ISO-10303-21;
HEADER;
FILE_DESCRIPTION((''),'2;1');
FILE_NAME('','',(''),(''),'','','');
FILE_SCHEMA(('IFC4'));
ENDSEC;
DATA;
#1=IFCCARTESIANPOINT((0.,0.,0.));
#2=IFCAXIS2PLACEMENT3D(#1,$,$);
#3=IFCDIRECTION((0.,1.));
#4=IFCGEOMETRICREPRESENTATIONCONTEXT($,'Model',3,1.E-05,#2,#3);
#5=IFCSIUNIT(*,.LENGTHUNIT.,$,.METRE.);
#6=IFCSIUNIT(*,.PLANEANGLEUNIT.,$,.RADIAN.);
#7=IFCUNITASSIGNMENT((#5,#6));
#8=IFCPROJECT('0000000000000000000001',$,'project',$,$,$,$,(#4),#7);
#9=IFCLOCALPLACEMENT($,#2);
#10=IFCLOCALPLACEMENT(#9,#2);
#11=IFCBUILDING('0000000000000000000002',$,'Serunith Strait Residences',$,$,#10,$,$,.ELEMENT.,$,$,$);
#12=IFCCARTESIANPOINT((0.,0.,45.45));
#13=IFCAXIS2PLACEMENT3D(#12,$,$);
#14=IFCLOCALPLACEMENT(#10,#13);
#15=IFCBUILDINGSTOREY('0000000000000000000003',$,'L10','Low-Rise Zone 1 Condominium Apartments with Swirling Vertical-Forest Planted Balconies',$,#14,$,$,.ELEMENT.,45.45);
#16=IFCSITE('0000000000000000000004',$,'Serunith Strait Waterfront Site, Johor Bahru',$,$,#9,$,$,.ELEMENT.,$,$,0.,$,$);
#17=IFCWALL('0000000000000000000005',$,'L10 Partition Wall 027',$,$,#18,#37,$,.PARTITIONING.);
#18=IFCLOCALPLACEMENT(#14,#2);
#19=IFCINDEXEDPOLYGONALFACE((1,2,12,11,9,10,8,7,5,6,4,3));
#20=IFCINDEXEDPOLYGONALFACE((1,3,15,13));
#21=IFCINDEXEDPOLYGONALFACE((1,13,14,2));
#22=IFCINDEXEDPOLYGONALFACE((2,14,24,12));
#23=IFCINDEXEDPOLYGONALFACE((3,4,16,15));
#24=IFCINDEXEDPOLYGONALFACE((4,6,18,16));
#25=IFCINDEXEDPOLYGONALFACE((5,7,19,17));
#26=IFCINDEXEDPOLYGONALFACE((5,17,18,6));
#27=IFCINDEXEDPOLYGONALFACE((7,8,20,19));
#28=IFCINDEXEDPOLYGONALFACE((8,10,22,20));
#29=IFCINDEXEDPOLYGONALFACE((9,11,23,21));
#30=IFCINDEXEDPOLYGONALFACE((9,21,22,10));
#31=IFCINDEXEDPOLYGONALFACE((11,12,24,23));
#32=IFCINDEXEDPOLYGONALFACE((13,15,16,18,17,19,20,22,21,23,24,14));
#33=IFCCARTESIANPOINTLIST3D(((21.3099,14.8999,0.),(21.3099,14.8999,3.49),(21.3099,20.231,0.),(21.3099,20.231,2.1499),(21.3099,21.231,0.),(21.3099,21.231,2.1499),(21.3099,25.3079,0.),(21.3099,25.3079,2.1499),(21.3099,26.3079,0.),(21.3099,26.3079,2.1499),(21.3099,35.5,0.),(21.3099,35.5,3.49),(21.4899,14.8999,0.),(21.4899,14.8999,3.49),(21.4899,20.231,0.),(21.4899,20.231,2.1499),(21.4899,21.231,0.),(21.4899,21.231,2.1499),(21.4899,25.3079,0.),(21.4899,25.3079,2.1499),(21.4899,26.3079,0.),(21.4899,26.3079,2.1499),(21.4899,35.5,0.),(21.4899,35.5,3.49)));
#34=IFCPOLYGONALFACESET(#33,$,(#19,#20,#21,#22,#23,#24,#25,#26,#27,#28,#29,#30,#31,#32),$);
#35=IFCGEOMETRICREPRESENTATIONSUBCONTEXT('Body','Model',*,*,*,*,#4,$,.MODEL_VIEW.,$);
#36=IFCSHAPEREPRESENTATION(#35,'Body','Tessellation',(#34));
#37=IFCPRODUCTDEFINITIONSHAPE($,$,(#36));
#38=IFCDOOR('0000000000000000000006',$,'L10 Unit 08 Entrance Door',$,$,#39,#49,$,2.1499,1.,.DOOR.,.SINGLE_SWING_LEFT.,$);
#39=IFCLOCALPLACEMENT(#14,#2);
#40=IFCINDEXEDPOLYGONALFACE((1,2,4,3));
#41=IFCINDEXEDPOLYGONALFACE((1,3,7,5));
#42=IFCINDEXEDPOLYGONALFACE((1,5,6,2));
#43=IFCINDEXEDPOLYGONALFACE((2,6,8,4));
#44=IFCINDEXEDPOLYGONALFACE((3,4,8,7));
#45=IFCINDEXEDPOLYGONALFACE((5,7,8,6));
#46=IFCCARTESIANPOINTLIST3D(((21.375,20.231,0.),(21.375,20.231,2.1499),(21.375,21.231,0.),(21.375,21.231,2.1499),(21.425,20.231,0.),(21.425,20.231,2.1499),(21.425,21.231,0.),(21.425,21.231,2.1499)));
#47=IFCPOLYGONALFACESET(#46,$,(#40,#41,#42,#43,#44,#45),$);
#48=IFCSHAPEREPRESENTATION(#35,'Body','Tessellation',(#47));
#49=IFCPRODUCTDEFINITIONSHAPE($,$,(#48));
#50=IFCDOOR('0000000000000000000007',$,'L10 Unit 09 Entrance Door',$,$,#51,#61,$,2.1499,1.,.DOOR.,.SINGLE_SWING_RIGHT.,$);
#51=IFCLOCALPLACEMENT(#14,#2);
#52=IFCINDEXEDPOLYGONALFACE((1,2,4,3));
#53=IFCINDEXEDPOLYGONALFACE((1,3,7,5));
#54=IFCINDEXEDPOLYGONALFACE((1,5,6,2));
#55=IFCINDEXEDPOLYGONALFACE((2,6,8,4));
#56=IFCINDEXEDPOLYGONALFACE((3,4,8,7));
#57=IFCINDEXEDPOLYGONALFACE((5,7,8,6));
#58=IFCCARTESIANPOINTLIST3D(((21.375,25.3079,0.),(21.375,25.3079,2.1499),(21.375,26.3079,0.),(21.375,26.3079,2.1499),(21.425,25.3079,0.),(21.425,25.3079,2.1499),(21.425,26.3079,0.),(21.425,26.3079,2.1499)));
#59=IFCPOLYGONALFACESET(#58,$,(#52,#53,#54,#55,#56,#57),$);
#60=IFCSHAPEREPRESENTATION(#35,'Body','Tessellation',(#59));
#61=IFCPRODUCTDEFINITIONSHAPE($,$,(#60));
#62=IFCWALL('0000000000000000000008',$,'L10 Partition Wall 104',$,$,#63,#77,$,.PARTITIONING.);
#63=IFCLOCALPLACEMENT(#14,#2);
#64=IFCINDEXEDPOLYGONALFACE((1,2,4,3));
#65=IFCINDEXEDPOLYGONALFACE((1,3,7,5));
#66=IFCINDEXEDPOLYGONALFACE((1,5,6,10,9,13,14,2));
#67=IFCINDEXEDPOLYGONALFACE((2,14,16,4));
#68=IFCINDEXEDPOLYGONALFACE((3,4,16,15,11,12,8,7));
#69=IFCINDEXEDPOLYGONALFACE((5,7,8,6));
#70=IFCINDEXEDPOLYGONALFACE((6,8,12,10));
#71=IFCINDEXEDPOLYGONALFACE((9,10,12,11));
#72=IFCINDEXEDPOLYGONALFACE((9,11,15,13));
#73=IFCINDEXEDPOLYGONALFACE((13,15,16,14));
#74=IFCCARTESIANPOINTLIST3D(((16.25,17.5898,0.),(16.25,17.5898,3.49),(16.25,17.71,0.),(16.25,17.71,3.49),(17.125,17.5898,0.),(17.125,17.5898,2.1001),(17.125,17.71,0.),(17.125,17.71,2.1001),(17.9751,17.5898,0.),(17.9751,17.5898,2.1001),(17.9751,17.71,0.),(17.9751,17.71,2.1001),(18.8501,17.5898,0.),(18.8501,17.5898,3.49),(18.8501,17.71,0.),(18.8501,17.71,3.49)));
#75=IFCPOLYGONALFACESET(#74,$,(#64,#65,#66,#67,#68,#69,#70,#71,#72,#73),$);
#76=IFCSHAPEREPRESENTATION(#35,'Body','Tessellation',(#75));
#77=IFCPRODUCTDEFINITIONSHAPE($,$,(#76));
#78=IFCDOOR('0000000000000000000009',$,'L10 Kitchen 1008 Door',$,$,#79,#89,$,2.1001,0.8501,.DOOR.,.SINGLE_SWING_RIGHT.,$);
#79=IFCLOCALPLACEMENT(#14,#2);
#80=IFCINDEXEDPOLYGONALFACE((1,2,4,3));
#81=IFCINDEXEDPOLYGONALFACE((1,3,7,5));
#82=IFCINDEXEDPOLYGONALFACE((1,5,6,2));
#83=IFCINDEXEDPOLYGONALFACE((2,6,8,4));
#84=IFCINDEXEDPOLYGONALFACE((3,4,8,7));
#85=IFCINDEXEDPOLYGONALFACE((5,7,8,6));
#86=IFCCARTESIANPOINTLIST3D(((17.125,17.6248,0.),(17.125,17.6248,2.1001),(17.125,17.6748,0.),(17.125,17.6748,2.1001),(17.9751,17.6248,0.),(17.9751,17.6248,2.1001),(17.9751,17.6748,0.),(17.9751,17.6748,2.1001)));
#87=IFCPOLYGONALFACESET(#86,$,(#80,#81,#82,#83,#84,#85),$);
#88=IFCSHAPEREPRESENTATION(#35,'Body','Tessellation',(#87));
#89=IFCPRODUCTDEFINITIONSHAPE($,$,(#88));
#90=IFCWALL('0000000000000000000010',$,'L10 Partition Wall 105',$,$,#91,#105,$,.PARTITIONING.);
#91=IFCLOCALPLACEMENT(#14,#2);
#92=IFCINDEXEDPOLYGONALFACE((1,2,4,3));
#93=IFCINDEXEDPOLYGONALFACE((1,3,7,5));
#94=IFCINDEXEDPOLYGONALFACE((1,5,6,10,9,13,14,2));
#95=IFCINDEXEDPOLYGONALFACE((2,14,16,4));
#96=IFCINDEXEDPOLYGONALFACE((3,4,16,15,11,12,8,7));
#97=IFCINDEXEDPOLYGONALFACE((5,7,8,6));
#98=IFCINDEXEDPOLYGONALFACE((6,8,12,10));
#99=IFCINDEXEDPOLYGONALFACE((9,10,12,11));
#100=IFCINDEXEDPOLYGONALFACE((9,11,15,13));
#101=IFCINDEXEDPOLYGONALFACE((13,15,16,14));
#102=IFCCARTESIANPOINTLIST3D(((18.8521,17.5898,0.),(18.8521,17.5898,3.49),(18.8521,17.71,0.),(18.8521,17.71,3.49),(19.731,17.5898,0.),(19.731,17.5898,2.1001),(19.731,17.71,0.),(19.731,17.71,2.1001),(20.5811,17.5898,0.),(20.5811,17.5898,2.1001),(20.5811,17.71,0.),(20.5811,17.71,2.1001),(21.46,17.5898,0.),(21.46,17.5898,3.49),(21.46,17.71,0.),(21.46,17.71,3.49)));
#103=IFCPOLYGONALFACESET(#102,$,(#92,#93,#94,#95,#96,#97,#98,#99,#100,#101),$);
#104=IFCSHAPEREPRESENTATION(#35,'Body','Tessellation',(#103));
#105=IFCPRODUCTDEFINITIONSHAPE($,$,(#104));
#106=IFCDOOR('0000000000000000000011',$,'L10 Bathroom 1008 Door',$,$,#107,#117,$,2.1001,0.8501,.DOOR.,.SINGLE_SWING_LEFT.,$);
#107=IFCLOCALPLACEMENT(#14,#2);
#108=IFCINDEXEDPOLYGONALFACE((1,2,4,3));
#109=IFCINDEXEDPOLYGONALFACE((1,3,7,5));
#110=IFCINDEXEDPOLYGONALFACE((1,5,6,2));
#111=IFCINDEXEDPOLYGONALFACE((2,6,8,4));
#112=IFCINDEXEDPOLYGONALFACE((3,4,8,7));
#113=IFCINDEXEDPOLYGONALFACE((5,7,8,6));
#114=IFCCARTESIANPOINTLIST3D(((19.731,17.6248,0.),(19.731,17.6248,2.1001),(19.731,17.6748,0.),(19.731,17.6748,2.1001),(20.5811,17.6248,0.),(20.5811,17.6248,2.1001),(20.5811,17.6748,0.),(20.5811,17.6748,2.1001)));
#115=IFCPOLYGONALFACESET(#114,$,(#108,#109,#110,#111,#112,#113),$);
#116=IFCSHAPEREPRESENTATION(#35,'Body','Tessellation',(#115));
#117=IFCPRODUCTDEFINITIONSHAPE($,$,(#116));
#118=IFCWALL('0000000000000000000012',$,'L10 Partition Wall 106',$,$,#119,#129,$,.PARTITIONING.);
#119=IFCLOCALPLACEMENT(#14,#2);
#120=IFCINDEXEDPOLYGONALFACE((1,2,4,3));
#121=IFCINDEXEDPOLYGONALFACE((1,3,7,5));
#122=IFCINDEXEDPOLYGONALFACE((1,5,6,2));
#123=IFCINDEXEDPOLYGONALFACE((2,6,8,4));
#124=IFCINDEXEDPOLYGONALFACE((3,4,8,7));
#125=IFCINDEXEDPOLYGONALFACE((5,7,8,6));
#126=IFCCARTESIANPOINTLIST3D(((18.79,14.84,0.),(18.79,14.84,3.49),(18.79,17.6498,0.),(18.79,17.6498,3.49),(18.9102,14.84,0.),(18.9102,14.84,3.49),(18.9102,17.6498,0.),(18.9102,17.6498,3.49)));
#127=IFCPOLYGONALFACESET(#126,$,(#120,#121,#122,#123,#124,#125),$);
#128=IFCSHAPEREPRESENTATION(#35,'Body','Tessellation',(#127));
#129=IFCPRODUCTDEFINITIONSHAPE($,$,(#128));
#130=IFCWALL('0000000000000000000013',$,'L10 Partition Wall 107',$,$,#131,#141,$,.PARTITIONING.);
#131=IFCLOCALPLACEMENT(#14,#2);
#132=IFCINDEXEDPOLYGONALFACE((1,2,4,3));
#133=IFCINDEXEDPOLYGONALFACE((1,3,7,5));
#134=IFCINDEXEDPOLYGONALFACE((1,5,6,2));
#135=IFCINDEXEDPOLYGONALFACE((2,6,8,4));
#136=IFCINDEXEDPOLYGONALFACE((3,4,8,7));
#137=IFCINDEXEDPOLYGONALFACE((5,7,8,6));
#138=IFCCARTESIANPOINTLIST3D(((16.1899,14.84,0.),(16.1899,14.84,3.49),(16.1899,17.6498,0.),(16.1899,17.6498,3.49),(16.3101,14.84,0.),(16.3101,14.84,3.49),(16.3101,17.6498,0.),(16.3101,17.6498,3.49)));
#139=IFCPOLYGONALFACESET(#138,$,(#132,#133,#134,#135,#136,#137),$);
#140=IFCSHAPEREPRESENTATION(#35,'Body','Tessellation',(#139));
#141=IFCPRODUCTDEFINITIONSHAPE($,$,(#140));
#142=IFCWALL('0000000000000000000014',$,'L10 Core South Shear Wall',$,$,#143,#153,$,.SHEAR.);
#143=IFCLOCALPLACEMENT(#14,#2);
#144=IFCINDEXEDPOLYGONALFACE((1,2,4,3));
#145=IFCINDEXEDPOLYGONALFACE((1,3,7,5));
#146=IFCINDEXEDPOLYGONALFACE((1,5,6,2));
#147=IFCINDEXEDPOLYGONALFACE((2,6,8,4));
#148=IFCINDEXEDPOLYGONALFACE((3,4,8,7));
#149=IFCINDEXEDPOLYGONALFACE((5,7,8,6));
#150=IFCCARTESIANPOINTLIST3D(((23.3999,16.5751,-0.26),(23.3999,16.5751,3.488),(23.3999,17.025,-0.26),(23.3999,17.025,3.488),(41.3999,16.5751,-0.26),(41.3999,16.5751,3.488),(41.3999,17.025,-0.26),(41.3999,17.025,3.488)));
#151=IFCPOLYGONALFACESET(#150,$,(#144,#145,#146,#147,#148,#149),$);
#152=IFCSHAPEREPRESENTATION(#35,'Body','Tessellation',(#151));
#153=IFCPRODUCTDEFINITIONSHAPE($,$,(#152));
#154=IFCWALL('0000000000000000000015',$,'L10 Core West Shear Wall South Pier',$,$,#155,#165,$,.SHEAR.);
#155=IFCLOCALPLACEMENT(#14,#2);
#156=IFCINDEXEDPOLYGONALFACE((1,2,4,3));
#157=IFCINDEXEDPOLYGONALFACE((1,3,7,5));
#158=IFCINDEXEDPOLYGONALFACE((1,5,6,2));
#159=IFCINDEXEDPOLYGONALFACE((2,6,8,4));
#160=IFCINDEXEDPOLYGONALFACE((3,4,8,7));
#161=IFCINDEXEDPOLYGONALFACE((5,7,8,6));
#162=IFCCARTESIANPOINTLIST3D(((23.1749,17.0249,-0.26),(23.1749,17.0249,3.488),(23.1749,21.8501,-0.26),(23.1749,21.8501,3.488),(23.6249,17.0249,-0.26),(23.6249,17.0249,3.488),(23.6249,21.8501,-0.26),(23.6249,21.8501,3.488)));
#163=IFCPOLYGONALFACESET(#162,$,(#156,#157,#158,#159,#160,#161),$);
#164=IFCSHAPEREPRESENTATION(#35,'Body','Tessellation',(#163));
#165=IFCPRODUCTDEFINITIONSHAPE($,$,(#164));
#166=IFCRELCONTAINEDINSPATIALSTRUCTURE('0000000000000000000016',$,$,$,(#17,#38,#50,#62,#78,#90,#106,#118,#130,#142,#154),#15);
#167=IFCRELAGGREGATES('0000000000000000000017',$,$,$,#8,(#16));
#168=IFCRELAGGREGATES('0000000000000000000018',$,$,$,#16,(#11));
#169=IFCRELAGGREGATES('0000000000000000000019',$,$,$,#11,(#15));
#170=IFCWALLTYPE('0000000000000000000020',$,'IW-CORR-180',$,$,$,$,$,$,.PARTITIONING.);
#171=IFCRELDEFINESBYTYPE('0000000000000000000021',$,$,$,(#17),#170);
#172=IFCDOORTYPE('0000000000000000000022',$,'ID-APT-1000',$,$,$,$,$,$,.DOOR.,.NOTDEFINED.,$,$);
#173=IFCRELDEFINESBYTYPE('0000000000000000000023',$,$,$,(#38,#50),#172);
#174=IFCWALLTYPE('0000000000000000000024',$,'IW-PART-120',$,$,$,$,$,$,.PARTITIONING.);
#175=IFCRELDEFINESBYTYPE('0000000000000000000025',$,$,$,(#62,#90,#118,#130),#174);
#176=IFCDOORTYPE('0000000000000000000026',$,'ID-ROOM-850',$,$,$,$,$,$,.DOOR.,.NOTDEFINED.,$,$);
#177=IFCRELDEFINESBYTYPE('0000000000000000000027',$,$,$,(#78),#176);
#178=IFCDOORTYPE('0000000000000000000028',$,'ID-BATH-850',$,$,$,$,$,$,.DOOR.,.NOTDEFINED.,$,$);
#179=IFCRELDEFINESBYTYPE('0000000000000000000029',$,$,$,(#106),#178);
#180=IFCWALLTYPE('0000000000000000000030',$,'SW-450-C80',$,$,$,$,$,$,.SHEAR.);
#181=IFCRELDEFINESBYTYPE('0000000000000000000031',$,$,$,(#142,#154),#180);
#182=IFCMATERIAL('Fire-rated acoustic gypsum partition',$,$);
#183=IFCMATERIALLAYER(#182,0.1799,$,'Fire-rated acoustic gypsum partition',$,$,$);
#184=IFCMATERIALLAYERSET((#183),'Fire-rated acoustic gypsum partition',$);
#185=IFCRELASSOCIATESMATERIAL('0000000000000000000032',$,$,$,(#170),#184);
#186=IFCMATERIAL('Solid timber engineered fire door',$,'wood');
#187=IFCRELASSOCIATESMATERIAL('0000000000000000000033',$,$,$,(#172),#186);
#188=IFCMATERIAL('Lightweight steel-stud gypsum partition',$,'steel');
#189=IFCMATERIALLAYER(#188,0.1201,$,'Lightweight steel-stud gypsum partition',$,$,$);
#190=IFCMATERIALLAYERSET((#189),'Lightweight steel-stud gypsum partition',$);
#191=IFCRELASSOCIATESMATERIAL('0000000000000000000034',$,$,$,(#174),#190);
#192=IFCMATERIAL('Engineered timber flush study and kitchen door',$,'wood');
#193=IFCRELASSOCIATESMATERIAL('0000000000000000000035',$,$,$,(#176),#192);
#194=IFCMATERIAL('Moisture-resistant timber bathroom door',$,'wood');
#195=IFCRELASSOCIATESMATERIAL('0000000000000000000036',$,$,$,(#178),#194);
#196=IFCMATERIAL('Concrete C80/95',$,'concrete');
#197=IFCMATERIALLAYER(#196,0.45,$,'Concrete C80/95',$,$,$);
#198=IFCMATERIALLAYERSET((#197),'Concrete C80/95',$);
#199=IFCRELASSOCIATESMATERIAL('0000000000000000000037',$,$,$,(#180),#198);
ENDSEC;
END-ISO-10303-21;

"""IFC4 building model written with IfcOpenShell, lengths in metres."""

from ifc_helpers import new_model, si_unit, direction, frame, frame_2d, origin, place, context, subcontext, project, spatial, rectangle, extrude, source, transform, mapped, material, layer, layer_set, type_object, element, fill, save


model = new_model("IFC4")

# Units and contexts
model_context = context("Model", 3, precision=1e-05, world=origin(), true_north=direction((0.0, 1.0)))
body_context = subcontext(model_context, "Body", "Model", "MODEL_VIEW")
ifc_project = project(units=[si_unit("LENGTHUNIT", "METRE"), si_unit("PLANEANGLEUNIT", "RADIAN")], contexts=[model_context])

# Site, building, storey
site_placement = place(None, origin())
site = spatial("IfcSite", under=ifc_project, at=site_placement, Name="Serunith Strait Waterfront Site, Johor Bahru", CompositionType="ELEMENT", RefElevation=0.0)
building_placement = place(site_placement, origin())
building = spatial("IfcBuilding", under=site, at=building_placement, Name="Serunith Strait Residences", CompositionType="ELEMENT")
storey_placement = place(building_placement, frame((0.0, 0.0, 45.45)))
storey = spatial("IfcBuildingStorey", under=building, at=storey_placement, Name="L10", Description="Low-Rise Zone 1 Condominium Apartments with Swirling Vertical-Forest Planted Balconies", CompositionType="ELEMENT", Elevation=45.45)

# Wall, openings, doors
ifc_material_1 = material(Name="Fire-rated acoustic gypsum partition")
ifc_layer_1 = layer(ifc_material_1, 0.1799, Name="Fire-rated acoustic gypsum partition")
ifc_layer_set_1 = layer_set([ifc_layer_1], Name="Fire-rated acoustic gypsum partition")
wall_type_1 = type_object("IfcWallType", Name="IW-CORR-180", PredefinedType="PARTITIONING", material=ifc_layer_set_1)
ifc_material_2 = material(Name="Solid timber engineered fire door", Category="wood")
door_type_1 = type_object("IfcDoorType", Name="ID-APT-1000", OperationType="NOTDEFINED", PredefinedType="DOOR", material=ifc_material_2)
shared_shape_1 = source(origin(), body_context, "Body", "SweptSolid", [
    extrude(rectangle(XDim=1.0, YDim=2.1499, at=frame_2d((0.5, 1.075))), frame((0.0, 0.0249, 0.0), z_axis=(0.0, -1.0, 0.0), x_axis=(1.0, 0.0, 0.0)), (0.0, 0.0, 1.0), 0.05),
])
wall_1_placement = place(storey_placement, frame((21.3999, 14.8999, 0.0), z_axis=(0.0, 0.0, 1.0), x_axis=(0.0, 1.0, 0.0)))
wall_1 = element("IfcWall", 1, at=wall_1_placement, inside=storey, type_object=wall_type_1, Name="L10 Partition Wall 027", PredefinedType="PARTITIONING", context=body_context, shape_type="SweptSolid", body=[
    extrude(rectangle(XDim=20.6001, YDim=0.1799, at=frame_2d((10.3, 0.0))), origin(), (0.0, 0.0, 1.0), 3.49),
])
opening_1_placement = place(wall_1_placement, frame((5.3311, 0.0, 0.0)))
opening_1 = element("IfcOpeningElement", 2, at=opening_1_placement, cuts=wall_1, PredefinedType="OPENING", context=body_context, shape_type="SweptSolid", body=[
    extrude(rectangle(XDim=1.0, YDim=2.1499, at=frame_2d((0.5, 1.075))), frame((0.0, 0.1001, 0.0), z_axis=(0.0, -1.0, 0.0), x_axis=(1.0, 0.0, 0.0)), (0.0, 0.0, 1.0), 0.2),
])
opening_2_placement = place(wall_1_placement, frame((10.408, 0.0, 0.0)))
opening_2 = element("IfcOpeningElement", 3, at=opening_2_placement, cuts=wall_1, PredefinedType="OPENING", context=body_context, shape_type="SweptSolid", body=[
    extrude(rectangle(XDim=1.0, YDim=2.1499, at=frame_2d((0.5, 1.075))), frame((0.0, 0.1001, 0.0), z_axis=(0.0, -1.0, 0.0), x_axis=(1.0, 0.0, 0.0)), (0.0, 0.0, 1.0), 0.2),
])
door_1_placement = place(opening_1_placement, origin())
door_1 = element("IfcDoor", 4, at=door_1_placement, inside=storey, type_object=door_type_1, Name="L10 Unit 08 Entrance Door", OperationType="SINGLE_SWING_LEFT", OverallHeight=2.1499, OverallWidth=1.0, PredefinedType="DOOR", context=body_context, shape_type="MappedRepresentation", body=[
    mapped(shared_shape_1, transform((0.0, 0.0, 0.0), scale=1.0)),
])
fill(opening_1, door_1)
door_2_placement = place(opening_2_placement, origin())
door_2 = element("IfcDoor", 5, at=door_2_placement, inside=storey, type_object=door_type_1, Name="L10 Unit 09 Entrance Door", OperationType="SINGLE_SWING_RIGHT", OverallHeight=2.1499, OverallWidth=1.0, PredefinedType="DOOR", context=body_context, shape_type="MappedRepresentation", body=[
    mapped(shared_shape_1, transform((0.0, 0.0, 0.0), scale=1.0)),
])
fill(opening_2, door_2)

# Walls, openings, doors
ifc_material_3 = material(Name="Lightweight steel-stud gypsum partition", Category="steel")
ifc_layer_2 = layer(ifc_material_3, 0.1201, Name="Lightweight steel-stud gypsum partition")
ifc_layer_set_2 = layer_set([ifc_layer_2], Name="Lightweight steel-stud gypsum partition")
wall_type_2 = type_object("IfcWallType", Name="IW-PART-120", PredefinedType="PARTITIONING", material=ifc_layer_set_2)
wall_2_placement = place(storey_placement, frame((16.25, 17.6499, 0.0), z_axis=(0.0, 0.0, 1.0), x_axis=(1.0, 0.0, 0.0)))
wall_2 = element("IfcWall", 6, at=wall_2_placement, inside=storey, type_object=wall_type_2, Name="L10 Partition Wall 104", PredefinedType="PARTITIONING", context=body_context, shape_type="SweptSolid", body=[
    extrude(rectangle(XDim=2.6001, YDim=0.1201, at=frame_2d((1.3, 0.0))), origin(), (0.0, 0.0, 1.0), 3.49),
])
opening_3_placement = place(wall_2_placement, frame((0.875, 0.0, 0.0)))
opening_3 = element("IfcOpeningElement", 7, at=opening_3_placement, cuts=wall_2, PredefinedType="OPENING", context=body_context, shape_type="SweptSolid", body=[
    extrude(rectangle(XDim=0.8501, YDim=2.1001, at=frame_2d((0.425, 1.05))), frame((0.0, 0.0701, 0.0), z_axis=(0.0, -1.0, 0.0), x_axis=(1.0, 0.0, 0.0)), (0.0, 0.0, 1.0), 0.1401),
])
ifc_material_4 = material(Name="Engineered timber flush study and kitchen door", Category="wood")
door_type_2 = type_object("IfcDoorType", Name="ID-ROOM-850", OperationType="NOTDEFINED", PredefinedType="DOOR", material=ifc_material_4)
shared_shape_2 = source(origin(), body_context, "Body", "SweptSolid", [
    extrude(rectangle(XDim=0.8501, YDim=2.1001, at=frame_2d((0.425, 1.05))), frame((0.0, 0.0249, 0.0), z_axis=(0.0, -1.0, 0.0), x_axis=(1.0, 0.0, 0.0)), (0.0, 0.0, 1.0), 0.05),
])
door_3_placement = place(opening_3_placement, origin())
door_3 = element("IfcDoor", 8, at=door_3_placement, inside=storey, type_object=door_type_2, Name="L10 Kitchen 1008 Door", OperationType="SINGLE_SWING_RIGHT", OverallHeight=2.1001, OverallWidth=0.8501, PredefinedType="DOOR", context=body_context, shape_type="MappedRepresentation", body=[
    mapped(shared_shape_2, transform((0.0, 0.0, 0.0), scale=1.0)),
])
fill(opening_3, door_3)
wall_3_placement = place(storey_placement, frame((18.8521, 17.6499, 0.0), z_axis=(0.0, 0.0, 1.0), x_axis=(1.0, 0.0, 0.0)))
wall_3 = element("IfcWall", 9, at=wall_3_placement, inside=storey, type_object=wall_type_2, Name="L10 Partition Wall 105", PredefinedType="PARTITIONING", context=body_context, shape_type="SweptSolid", body=[
    extrude(rectangle(XDim=2.6079, YDim=0.1201, at=frame_2d((1.304, 0.0))), origin(), (0.0, 0.0, 1.0), 3.49),
])
opening_4_placement = place(wall_3_placement, frame((0.8789, 0.0, 0.0)))
opening_4 = element("IfcOpeningElement", 10, at=opening_4_placement, cuts=wall_3, PredefinedType="OPENING", context=body_context, shape_type="SweptSolid", body=[
    extrude(rectangle(XDim=0.8501, YDim=2.1001, at=frame_2d((0.425, 1.05))), frame((0.0, 0.0701, 0.0), z_axis=(0.0, -1.0, 0.0), x_axis=(1.0, 0.0, 0.0)), (0.0, 0.0, 1.0), 0.1401),
])
ifc_material_5 = material(Name="Moisture-resistant timber bathroom door", Category="wood")
door_type_3 = type_object("IfcDoorType", Name="ID-BATH-850", OperationType="NOTDEFINED", PredefinedType="DOOR", material=ifc_material_5)
door_4_placement = place(opening_4_placement, origin())
door_4 = element("IfcDoor", 11, at=door_4_placement, inside=storey, type_object=door_type_3, Name="L10 Bathroom 1008 Door", OperationType="SINGLE_SWING_LEFT", OverallHeight=2.1001, OverallWidth=0.8501, PredefinedType="DOOR", context=body_context, shape_type="MappedRepresentation", body=[
    mapped(shared_shape_2, transform((0.0, 0.0, 0.0), scale=1.0)),
])
fill(opening_4, door_4)

# Walls
for number, where, z_axis, x_axis, name in (
    (12, (18.8501, 14.8401, 0.0), (0.0, 0.0, 1.0), (0.0, 1.0, 0.0), "L10 Partition Wall 106"),
    (13, (16.25, 14.8401, 0.0), (0.0, 0.0, 1.0), (0.0, 1.0, 0.0), "L10 Partition Wall 107"),
):
    element("IfcWall", number, at=place(storey_placement, frame(where, z_axis=z_axis, x_axis=x_axis)), inside=storey, type_object=wall_type_2, Name=name, PredefinedType="PARTITIONING", context=body_context, shape_type="SweptSolid", body=[
        extrude(rectangle(XDim=2.8098, YDim=0.1201, at=frame_2d((1.4048, 0.0))), origin(), (0.0, 0.0, 1.0), 3.49),
    ])

# Walls
ifc_material_6 = material(Name="Concrete C80/95", Category="concrete")
ifc_layer_3 = layer(ifc_material_6, 0.45, Name="Concrete C80/95")
ifc_layer_set_3 = layer_set([ifc_layer_3], Name="Concrete C80/95")
wall_type_3 = type_object("IfcWallType", Name="SW-450-C80", PredefinedType="SHEAR", material=ifc_layer_set_3)
wall_4_placement = place(storey_placement, frame((23.3999, 16.8, -0.26), z_axis=(0.0, 0.0, 1.0), x_axis=(1.0, 0.0, 0.0)))
element("IfcWall", 14, at=wall_4_placement, inside=storey, type_object=wall_type_3, Name="L10 Core South Shear Wall", PredefinedType="SHEAR", context=body_context, shape_type="SweptSolid", body=[
    extrude(rectangle(XDim=18.0, YDim=0.45, at=frame_2d((9.0, 0.0))), origin(), (0.0, 0.0, 1.0), 3.748),
])
wall_5_placement = place(storey_placement, frame((23.3999, 17.0249, -0.26), z_axis=(0.0, 0.0, 1.0), x_axis=(0.0, 1.0, 0.0)))
element("IfcWall", 15, at=wall_5_placement, inside=storey, type_object=wall_type_3, Name="L10 Core West Shear Wall South Pier", PredefinedType="SHEAR", context=body_context, shape_type="SweptSolid", body=[
    extrude(rectangle(XDim=4.8252, YDim=0.45, at=frame_2d((2.4126, 0.0))), origin(), (0.0, 0.0, 1.0), 3.748),
])

save(model, "model.ifc")
